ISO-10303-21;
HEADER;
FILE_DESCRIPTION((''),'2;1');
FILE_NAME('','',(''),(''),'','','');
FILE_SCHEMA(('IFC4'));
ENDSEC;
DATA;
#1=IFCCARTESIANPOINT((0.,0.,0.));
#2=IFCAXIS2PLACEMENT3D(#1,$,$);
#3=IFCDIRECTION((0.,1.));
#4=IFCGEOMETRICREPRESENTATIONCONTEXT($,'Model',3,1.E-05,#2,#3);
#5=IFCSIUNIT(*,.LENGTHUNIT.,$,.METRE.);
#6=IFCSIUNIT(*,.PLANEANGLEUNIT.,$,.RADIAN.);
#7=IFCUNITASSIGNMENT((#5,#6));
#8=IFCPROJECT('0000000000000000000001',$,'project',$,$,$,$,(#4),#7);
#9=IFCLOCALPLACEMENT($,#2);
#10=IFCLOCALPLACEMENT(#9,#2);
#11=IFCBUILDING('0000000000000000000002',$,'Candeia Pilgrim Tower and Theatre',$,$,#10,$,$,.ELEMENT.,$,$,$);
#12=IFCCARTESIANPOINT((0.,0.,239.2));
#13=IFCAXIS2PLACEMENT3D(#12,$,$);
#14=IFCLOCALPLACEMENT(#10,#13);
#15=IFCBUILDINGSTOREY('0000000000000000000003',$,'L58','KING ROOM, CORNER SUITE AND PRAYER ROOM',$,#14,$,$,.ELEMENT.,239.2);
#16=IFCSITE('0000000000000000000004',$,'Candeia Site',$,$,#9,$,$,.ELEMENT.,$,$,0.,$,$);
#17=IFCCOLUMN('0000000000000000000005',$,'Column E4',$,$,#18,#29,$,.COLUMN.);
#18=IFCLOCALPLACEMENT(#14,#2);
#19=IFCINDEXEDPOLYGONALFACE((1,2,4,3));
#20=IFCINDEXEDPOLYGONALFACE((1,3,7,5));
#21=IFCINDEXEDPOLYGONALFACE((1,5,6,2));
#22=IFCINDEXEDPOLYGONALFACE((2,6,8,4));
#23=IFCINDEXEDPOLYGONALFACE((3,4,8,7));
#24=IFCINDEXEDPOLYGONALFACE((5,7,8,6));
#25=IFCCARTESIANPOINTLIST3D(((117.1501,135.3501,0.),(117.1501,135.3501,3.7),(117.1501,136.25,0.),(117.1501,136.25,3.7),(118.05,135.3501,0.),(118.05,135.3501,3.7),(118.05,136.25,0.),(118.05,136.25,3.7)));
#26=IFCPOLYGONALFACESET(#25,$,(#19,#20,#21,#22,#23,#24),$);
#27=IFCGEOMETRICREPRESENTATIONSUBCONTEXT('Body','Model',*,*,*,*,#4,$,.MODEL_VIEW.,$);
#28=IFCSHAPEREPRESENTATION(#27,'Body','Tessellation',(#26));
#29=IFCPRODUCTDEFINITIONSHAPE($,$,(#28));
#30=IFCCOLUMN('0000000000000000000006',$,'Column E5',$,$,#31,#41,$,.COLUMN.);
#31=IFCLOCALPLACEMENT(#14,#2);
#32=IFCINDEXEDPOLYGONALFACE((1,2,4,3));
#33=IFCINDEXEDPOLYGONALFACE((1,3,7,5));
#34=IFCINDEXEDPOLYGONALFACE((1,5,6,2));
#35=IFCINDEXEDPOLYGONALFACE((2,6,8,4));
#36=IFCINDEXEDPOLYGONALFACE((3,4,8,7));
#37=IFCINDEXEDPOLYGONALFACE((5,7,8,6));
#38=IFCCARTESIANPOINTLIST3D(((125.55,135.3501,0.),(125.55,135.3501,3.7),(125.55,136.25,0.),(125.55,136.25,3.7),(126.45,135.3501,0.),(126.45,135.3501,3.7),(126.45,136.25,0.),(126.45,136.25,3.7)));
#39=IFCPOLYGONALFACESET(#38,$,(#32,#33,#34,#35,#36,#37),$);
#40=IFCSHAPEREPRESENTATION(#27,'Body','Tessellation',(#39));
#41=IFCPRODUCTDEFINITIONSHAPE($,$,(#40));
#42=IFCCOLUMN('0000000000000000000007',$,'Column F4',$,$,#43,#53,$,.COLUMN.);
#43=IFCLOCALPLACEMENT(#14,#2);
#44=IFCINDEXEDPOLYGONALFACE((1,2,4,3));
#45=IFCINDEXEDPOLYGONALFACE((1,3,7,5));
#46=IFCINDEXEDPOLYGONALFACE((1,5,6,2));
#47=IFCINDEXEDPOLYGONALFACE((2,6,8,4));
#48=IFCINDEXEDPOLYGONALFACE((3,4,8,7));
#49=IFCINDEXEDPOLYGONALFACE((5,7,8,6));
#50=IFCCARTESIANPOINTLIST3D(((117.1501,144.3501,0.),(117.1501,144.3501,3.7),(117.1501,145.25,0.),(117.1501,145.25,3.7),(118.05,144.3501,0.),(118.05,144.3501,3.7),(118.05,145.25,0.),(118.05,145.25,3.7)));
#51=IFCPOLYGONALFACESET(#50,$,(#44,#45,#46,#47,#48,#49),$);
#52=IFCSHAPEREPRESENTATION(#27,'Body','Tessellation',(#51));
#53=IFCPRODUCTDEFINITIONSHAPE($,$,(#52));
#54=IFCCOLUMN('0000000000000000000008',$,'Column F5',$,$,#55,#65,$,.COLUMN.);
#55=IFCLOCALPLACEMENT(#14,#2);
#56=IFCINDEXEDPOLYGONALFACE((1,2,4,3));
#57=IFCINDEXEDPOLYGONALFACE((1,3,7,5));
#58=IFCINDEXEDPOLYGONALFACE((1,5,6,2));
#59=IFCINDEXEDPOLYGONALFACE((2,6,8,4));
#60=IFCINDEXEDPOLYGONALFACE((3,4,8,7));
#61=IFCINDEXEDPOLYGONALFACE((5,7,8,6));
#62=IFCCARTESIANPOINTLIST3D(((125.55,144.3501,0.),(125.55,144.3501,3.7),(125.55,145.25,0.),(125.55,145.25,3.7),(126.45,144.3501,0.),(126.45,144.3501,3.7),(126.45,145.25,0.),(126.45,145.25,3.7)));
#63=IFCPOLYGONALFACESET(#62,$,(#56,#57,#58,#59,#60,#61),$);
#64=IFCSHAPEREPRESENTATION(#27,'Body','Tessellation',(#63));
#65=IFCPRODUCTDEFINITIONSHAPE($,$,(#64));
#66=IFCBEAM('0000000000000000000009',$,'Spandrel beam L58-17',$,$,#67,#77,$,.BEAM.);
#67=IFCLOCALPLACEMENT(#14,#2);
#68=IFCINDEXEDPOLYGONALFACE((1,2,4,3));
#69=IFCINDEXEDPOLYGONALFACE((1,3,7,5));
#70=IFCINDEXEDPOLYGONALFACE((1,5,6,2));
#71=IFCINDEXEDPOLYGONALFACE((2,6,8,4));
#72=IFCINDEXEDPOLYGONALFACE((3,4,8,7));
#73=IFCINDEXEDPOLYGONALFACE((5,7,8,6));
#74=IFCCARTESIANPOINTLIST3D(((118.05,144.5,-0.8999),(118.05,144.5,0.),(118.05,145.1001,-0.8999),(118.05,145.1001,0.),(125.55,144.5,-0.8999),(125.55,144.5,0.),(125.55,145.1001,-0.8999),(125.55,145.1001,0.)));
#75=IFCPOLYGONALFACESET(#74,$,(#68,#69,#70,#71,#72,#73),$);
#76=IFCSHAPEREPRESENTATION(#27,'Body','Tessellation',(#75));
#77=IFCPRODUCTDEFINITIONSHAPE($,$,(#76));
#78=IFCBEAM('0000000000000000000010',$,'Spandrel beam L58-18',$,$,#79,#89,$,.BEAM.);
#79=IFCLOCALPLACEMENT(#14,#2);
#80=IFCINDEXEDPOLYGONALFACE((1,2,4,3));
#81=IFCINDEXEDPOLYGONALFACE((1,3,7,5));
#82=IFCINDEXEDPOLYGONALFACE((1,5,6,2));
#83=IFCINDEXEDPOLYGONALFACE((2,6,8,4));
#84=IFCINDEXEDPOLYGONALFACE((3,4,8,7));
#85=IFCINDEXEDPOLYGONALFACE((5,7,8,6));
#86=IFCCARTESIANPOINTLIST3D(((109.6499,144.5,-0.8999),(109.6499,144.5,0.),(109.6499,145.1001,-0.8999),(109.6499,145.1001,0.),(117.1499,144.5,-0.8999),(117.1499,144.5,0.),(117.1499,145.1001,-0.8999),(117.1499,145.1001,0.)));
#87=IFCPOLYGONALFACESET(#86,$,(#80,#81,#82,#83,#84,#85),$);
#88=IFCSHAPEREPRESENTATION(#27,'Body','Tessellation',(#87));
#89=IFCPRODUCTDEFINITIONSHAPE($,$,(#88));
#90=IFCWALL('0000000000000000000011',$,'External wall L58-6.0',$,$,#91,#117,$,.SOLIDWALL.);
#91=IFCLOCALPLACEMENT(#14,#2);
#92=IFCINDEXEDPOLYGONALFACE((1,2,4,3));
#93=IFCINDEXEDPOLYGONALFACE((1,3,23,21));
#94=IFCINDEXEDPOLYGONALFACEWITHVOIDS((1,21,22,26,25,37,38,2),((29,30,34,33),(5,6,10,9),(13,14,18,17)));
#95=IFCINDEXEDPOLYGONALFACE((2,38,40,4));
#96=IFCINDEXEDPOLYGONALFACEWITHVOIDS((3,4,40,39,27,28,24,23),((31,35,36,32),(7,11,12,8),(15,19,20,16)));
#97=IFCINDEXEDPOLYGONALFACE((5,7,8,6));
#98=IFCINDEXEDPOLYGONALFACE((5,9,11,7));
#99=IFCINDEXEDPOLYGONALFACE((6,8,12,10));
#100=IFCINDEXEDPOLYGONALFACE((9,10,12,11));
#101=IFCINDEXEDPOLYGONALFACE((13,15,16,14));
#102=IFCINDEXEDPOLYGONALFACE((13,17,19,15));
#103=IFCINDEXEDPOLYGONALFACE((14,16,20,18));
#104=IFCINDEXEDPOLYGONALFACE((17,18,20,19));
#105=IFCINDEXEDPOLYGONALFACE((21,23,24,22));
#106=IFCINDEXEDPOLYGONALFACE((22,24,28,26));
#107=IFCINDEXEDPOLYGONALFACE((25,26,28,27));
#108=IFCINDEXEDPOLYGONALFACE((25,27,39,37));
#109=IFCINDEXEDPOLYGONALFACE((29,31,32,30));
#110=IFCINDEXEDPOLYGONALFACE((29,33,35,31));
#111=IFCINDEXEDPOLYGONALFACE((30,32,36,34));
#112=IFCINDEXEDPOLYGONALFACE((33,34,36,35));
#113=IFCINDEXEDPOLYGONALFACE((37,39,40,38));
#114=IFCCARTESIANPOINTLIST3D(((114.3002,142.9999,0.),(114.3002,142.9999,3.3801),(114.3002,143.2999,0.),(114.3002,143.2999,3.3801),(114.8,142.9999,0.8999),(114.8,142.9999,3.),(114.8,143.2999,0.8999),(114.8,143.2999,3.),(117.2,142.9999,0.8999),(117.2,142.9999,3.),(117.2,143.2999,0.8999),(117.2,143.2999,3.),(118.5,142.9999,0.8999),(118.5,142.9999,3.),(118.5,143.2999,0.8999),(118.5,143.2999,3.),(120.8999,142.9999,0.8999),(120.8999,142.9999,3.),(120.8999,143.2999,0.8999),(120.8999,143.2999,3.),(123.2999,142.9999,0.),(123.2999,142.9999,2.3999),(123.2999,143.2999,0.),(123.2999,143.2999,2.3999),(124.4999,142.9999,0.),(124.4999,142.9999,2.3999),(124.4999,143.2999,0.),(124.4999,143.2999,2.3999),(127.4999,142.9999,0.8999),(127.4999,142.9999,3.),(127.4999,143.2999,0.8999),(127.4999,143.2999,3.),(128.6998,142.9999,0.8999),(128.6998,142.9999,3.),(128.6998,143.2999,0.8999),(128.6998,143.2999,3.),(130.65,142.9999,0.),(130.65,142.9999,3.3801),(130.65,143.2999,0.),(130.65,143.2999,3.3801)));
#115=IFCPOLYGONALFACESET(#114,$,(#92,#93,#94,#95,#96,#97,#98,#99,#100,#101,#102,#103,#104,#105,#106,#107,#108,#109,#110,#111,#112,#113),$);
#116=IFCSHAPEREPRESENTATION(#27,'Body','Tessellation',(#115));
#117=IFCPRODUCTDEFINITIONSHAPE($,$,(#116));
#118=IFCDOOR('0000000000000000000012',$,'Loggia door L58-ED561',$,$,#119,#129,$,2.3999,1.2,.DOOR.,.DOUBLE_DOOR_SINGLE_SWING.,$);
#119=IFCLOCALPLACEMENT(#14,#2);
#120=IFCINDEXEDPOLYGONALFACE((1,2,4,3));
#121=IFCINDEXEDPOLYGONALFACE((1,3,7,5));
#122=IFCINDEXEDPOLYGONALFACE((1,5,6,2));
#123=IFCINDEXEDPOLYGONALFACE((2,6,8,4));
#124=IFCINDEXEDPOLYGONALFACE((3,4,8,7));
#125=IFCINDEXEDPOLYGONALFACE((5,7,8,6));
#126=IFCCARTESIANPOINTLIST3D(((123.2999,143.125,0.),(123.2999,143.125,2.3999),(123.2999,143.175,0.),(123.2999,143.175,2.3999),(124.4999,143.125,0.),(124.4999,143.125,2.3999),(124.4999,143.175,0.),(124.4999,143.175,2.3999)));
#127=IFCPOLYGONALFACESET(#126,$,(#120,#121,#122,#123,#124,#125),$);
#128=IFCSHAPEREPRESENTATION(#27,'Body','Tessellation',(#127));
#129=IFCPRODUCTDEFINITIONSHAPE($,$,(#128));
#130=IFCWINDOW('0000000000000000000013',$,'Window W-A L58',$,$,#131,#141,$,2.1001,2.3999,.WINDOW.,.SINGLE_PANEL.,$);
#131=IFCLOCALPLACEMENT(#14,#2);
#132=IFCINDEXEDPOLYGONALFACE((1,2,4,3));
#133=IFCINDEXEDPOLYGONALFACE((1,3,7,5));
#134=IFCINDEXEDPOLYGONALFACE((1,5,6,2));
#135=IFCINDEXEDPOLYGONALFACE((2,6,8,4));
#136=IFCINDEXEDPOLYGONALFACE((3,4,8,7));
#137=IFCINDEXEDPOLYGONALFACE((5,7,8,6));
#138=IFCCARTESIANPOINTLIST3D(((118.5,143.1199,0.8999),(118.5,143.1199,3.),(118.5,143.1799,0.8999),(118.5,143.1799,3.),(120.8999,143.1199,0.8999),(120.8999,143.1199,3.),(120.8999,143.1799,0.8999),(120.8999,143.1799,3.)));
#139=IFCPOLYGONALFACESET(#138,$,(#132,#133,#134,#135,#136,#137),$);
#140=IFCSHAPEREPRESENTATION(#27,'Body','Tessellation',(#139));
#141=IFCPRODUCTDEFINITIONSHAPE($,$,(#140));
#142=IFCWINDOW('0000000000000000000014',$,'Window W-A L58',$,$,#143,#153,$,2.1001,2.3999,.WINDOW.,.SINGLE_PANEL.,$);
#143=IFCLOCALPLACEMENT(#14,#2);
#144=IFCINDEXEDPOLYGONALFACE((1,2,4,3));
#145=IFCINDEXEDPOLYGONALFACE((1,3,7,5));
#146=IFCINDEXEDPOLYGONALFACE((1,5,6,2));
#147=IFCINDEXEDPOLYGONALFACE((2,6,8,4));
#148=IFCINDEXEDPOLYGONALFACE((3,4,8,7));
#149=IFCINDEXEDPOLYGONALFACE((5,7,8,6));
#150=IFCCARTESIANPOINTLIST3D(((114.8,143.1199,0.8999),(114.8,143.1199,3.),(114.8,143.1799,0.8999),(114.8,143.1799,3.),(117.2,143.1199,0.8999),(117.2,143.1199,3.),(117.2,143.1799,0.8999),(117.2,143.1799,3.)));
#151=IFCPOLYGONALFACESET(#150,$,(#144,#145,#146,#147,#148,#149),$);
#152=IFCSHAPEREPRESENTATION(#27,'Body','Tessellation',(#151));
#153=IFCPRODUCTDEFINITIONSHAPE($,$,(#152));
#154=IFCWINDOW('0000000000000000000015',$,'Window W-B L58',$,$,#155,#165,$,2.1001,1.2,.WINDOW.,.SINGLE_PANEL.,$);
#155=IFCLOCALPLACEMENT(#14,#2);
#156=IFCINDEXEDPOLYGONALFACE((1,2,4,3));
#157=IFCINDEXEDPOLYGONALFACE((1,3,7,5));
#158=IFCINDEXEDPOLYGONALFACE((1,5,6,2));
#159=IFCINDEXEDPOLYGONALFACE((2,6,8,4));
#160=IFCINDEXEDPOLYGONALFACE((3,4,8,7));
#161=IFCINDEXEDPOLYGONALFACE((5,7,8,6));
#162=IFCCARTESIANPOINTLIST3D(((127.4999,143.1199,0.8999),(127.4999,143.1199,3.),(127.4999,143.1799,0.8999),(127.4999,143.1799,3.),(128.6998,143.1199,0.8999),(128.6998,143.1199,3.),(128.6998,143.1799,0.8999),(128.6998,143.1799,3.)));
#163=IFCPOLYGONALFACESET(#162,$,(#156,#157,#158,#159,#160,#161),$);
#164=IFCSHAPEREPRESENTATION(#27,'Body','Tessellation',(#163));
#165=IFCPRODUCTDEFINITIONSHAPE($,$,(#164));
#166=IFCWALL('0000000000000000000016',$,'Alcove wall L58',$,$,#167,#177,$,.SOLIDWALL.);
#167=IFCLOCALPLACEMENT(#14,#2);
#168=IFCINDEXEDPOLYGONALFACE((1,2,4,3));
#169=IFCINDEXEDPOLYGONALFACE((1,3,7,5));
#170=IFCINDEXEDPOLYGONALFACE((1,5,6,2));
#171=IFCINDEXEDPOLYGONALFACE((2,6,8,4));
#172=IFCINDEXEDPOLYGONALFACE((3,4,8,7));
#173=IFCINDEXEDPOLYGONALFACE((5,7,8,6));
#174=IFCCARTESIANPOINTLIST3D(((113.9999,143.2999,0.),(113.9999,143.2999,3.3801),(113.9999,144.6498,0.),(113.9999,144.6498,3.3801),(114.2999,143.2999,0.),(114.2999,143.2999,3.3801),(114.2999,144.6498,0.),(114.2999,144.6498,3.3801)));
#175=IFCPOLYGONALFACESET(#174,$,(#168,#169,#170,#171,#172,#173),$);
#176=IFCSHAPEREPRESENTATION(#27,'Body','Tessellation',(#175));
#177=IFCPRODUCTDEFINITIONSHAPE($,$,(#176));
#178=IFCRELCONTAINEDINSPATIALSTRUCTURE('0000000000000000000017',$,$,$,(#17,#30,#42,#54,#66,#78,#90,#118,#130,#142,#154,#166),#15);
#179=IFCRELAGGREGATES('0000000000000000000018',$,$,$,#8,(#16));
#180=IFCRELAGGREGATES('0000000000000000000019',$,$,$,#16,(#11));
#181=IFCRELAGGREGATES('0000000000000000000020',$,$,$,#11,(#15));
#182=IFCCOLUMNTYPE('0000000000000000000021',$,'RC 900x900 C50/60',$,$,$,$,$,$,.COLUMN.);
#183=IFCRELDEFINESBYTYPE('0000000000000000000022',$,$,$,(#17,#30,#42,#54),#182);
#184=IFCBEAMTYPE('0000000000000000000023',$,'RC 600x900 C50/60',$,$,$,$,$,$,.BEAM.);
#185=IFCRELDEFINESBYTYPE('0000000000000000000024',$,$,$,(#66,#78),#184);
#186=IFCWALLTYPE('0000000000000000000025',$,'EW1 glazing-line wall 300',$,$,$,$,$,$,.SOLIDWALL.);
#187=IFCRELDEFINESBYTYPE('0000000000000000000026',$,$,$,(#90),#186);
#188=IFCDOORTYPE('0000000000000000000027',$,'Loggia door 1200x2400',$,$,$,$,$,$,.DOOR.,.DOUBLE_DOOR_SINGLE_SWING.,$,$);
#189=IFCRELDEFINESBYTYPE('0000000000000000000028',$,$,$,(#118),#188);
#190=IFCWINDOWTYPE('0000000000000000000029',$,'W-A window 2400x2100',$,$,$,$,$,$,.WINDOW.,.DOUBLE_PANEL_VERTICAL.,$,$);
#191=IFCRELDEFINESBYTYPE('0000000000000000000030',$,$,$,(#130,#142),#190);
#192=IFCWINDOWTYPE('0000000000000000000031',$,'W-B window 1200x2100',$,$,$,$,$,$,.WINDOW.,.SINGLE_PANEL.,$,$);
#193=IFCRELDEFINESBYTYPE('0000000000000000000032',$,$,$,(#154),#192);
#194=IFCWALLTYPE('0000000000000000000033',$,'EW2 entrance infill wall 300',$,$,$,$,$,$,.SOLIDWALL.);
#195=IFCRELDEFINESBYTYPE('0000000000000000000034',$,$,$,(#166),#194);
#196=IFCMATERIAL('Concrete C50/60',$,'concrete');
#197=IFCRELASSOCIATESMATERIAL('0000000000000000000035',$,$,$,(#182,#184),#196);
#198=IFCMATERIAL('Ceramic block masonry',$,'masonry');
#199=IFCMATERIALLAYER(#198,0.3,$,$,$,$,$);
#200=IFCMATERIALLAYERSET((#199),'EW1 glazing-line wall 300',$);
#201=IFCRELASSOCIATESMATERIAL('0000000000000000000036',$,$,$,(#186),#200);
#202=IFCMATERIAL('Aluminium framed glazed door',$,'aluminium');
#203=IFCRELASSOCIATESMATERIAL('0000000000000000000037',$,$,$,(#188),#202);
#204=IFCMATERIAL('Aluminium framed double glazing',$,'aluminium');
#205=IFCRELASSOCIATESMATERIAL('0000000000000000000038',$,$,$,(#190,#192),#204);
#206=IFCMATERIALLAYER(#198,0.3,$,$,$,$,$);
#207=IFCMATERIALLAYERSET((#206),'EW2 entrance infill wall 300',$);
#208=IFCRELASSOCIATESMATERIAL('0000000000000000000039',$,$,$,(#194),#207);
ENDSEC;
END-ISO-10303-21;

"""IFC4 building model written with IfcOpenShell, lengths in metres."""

from ifc_helpers import new_model, si_unit, direction, frame, frame_2d, origin, origin_2d, place, context, subcontext, project, spatial, rectangle, extrude, material, layer, layer_set, material_profile, profile_set, type_object, element, fill, save


model = new_model("IFC4")

# Units and contexts
model_context = context("Model", 3, precision=1e-05, world=origin(), true_north=direction((0.0, 1.0)))
body_context = subcontext(model_context, "Body", "Model", "MODEL_VIEW")
ifc_project = project(units=[si_unit("LENGTHUNIT", "METRE"), si_unit("PLANEANGLEUNIT", "RADIAN")], contexts=[model_context])

# Site, building, storey
site_placement = place(None, origin())
site = spatial("IfcSite", under=ifc_project, at=site_placement, Name="Candeia Site", CompositionType="ELEMENT", RefElevation=0.0)
building_placement = place(site_placement, origin())
building = spatial("IfcBuilding", under=site, at=building_placement, Name="Candeia Pilgrim Tower and Theatre", CompositionType="ELEMENT")
storey_placement = place(building_placement, frame((0.0, 0.0, 239.2)))
storey = spatial("IfcBuildingStorey", under=building, at=storey_placement, Name="L58", Description="KING ROOM, CORNER SUITE AND PRAYER ROOM", CompositionType="ELEMENT", Elevation=239.2)

# Columns
ifc_material_1 = material(Name="Concrete C50/60", Category="concrete")
ifc_material_profile_1 = material_profile(ifc_material_1, rectangle(XDim=0.8999, YDim=0.8999, at=origin_2d()))
ifc_profile_set_1 = profile_set([ifc_material_profile_1], Name="Concrete C50/60")
column_type = type_object("IfcColumnType", Name="RC 900x900 C50/60", PredefinedType="COLUMN", material=ifc_profile_set_1)
for number, where, z_axis, x_axis, name in (
    (1, (117.6001, 135.8, 0.0), (0.0, 0.0, 1.0), (1.0, 0.0, 0.0), "Column E4"),
    (2, (126.0, 135.8, 0.0), (0.0, 0.0, 1.0), (1.0, 0.0, 0.0), "Column E5"),
    (3, (117.6001, 144.8, 0.0), (0.0, 0.0, 1.0), (1.0, 0.0, 0.0), "Column F4"),
    (4, (126.0, 144.8, 0.0), (0.0, 0.0, 1.0), (1.0, 0.0, 0.0), "Column F5"),
):
    element("IfcColumn", number, at=place(storey_placement, frame(where, z_axis=z_axis, x_axis=x_axis)), inside=storey, type_object=column_type, Name=name, PredefinedType="COLUMN", context=body_context, shape_type="SweptSolid", body=[
        extrude(rectangle(XDim=0.8999, YDim=0.8999, at=origin_2d()), origin(), (0.0, 0.0, 1.0), 3.7),
    ])

# Beams
ifc_material_profile_2 = material_profile(ifc_material_1, rectangle(XDim=0.6001, YDim=0.8999, at=origin_2d()))
ifc_profile_set_2 = profile_set([ifc_material_profile_2], Name="Concrete C50/60")
beam_type = type_object("IfcBeamType", Name="RC 600x900 C50/60", PredefinedType="BEAM", material=ifc_profile_set_2)
for number, where, z_axis, x_axis, name in (
    (5, (125.55, 144.8, -0.45), (-1.0, 0.0, 0.0), (0.0, -1.0, 0.0), "Spandrel beam L58-17"),
    (6, (117.1499, 144.8, -0.45), (-1.0, 0.0, 0.0), (0.0, -1.0, 0.0), "Spandrel beam L58-18"),
):
    element("IfcBeam", number, at=place(storey_placement, frame(where, z_axis=z_axis, x_axis=x_axis)), inside=storey, type_object=beam_type, Name=name, PredefinedType="BEAM", context=body_context, shape_type="SweptSolid", body=[
        extrude(rectangle(XDim=0.6001, YDim=0.8999, at=origin_2d()), origin(), (0.0, 0.0, 1.0), 7.5),
    ])

# Shared definitions
ifc_material_2 = material(Name="Ceramic block masonry", Category="masonry")
ifc_layer_1 = layer(ifc_material_2, 0.3)
ifc_layer_set_1 = layer_set([ifc_layer_1], Name="EW1 glazing-line wall 300")
wall_type_1 = type_object("IfcWallType", Name="EW1 glazing-line wall 300", PredefinedType="SOLIDWALL", material=ifc_layer_set_1)
ifc_material_3 = material(Name="Aluminium framed glazed door", Category="aluminium")
door_type_1 = type_object("IfcDoorType", Name="Loggia door 1200x2400", OperationType="DOUBLE_DOOR_SINGLE_SWING", PredefinedType="DOOR", material=ifc_material_3)

# Wall, openings, door, windows
wall_1_placement = place(storey_placement, frame((130.6499, 143.1499, 0.0), z_axis=(0.0, 0.0, 1.0), x_axis=(-1.0, 0.0, 0.0)))
wall_1 = element("IfcWall", 7, at=wall_1_placement, inside=storey, type_object=wall_type_1, Name="External wall L58-6.0", PredefinedType="SOLIDWALL", context=body_context, shape_type="SweptSolid", body=[
    extrude(rectangle(XDim=16.3499, YDim=0.3, at=frame_2d((8.1748, 0.0))), origin(), (0.0, 0.0, 1.0), 3.3801),
])
opening_1_placement = place(wall_1_placement, frame((1.95, 0.0, 0.8999)))
opening_1 = element("IfcOpeningElement", 8, at=opening_1_placement, cuts=wall_1, PredefinedType="OPENING", context=body_context, shape_type="SweptSolid", body=[
    extrude(rectangle(XDim=1.2, YDim=2.1001, at=frame_2d((0.6001, 1.05))), frame((0.0, 0.1602, 0.0), z_axis=(0.0, -1.0, 0.0), x_axis=(1.0, 0.0, 0.0)), (0.0, 0.0, 1.0), 0.3201),
])
opening_2_placement = place(wall_1_placement, frame((6.1499, 0.0, 0.0)))
opening_2 = element("IfcOpeningElement", 9, at=opening_2_placement, cuts=wall_1, PredefinedType="OPENING", context=body_context, shape_type="SweptSolid", body=[
    extrude(rectangle(XDim=1.2, YDim=2.3999, at=frame_2d((0.6001, 1.2))), frame((0.0, 0.1602, 0.0), z_axis=(0.0, -1.0, 0.0), x_axis=(1.0, 0.0, 0.0)), (0.0, 0.0, 1.0), 0.3201),
])
opening_3_placement = place(wall_1_placement, frame((9.75, 0.0, 0.8999)))
opening_3 = element("IfcOpeningElement", 10, at=opening_3_placement, cuts=wall_1, PredefinedType="OPENING", context=body_context, shape_type="SweptSolid", body=[
    extrude(rectangle(XDim=2.3999, YDim=2.1001, at=frame_2d((1.2, 1.05))), frame((0.0, 0.1602, 0.0), z_axis=(0.0, -1.0, 0.0), x_axis=(1.0, 0.0, 0.0)), (0.0, 0.0, 1.0), 0.3201),
])
opening_4_placement = place(wall_1_placement, frame((13.45, 0.0, 0.8999)))
opening_4 = element("IfcOpeningElement", 11, at=opening_4_placement, cuts=wall_1, PredefinedType="OPENING", context=body_context, shape_type="SweptSolid", body=[
    extrude(rectangle(XDim=2.3999, YDim=2.1001, at=frame_2d((1.2, 1.05))), frame((0.0, 0.1602, 0.0), z_axis=(0.0, -1.0, 0.0), x_axis=(1.0, 0.0, 0.0)), (0.0, 0.0, 1.0), 0.3201),
])
door_1_placement = place(opening_2_placement, origin())
door_1 = element("IfcDoor", 12, at=door_1_placement, inside=storey, type_object=door_type_1, Name="Loggia door L58-ED561", OperationType="DOUBLE_DOOR_SINGLE_SWING", OverallHeight=2.3999, OverallWidth=1.2, PredefinedType="DOOR", context=body_context, shape_type="SweptSolid", body=[
    extrude(rectangle(XDim=1.2, YDim=2.3999, at=frame_2d((0.6001, 1.2))), frame((0.0, 0.0249, 0.0), z_axis=(0.0, -1.0, 0.0), x_axis=(1.0, 0.0, 0.0)), (0.0, 0.0, 1.0), 0.05),
])
fill(opening_2, door_1)
ifc_material_4 = material(Name="Aluminium framed double glazing", Category="aluminium")
window_type_1 = type_object("IfcWindowType", Name="W-A window 2400x2100", PartitioningType="DOUBLE_PANEL_VERTICAL", PredefinedType="WINDOW", material=ifc_material_4)
window_1_placement = place(opening_3_placement, origin())
window_1 = element("IfcWindow", 13, at=window_1_placement, inside=storey, type_object=window_type_1, Name="Window W-A L58", OverallHeight=2.1001, OverallWidth=2.3999, PartitioningType="SINGLE_PANEL", PredefinedType="WINDOW", context=body_context, shape_type="SweptSolid", body=[
    extrude(rectangle(XDim=2.3999, YDim=2.1001, at=frame_2d((1.2, 1.05))), frame((0.0, 0.03, 0.0), z_axis=(0.0, -1.0, 0.0), x_axis=(1.0, 0.0, 0.0)), (0.0, 0.0, 1.0), 0.0601),
])
fill(opening_3, window_1)
window_2_placement = place(opening_4_placement, origin())
window_2 = element("IfcWindow", 14, at=window_2_placement, inside=storey, type_object=window_type_1, Name="Window W-A L58", OverallHeight=2.1001, OverallWidth=2.3999, PartitioningType="SINGLE_PANEL", PredefinedType="WINDOW", context=body_context, shape_type="SweptSolid", body=[
    extrude(rectangle(XDim=2.3999, YDim=2.1001, at=frame_2d((1.2, 1.05))), frame((0.0, 0.03, 0.0), z_axis=(0.0, -1.0, 0.0), x_axis=(1.0, 0.0, 0.0)), (0.0, 0.0, 1.0), 0.0601),
])
fill(opening_4, window_2)
window_type_2 = type_object("IfcWindowType", Name="W-B window 1200x2100", PartitioningType="SINGLE_PANEL", PredefinedType="WINDOW", material=ifc_material_4)
window_3_placement = place(opening_1_placement, origin())
window_3 = element("IfcWindow", 15, at=window_3_placement, inside=storey, type_object=window_type_2, Name="Window W-B L58", OverallHeight=2.1001, OverallWidth=1.2, PartitioningType="SINGLE_PANEL", PredefinedType="WINDOW", context=body_context, shape_type="SweptSolid", body=[
    extrude(rectangle(XDim=1.2, YDim=2.1001, at=frame_2d((0.6001, 1.05))), frame((0.0, 0.03, 0.0), z_axis=(0.0, -1.0, 0.0), x_axis=(1.0, 0.0, 0.0)), (0.0, 0.0, 1.0), 0.0601),
])
fill(opening_1, window_3)

# Wall
ifc_layer_2 = layer(ifc_material_2, 0.3)
ifc_layer_set_2 = layer_set([ifc_layer_2], Name="EW2 entrance infill wall 300")
wall_type_2 = type_object("IfcWallType", Name="EW2 entrance infill wall 300", PredefinedType="SOLIDWALL", material=ifc_layer_set_2)
wall_2_placement = place(storey_placement, frame((114.1499, 143.3, 0.0), z_axis=(0.0, 0.0, 1.0), x_axis=(0.0, 1.0, 0.0)))
element("IfcWall", 16, at=wall_2_placement, inside=storey, type_object=wall_type_2, Name="Alcove wall L58", PredefinedType="SOLIDWALL", context=body_context, shape_type="SweptSolid", body=[
    extrude(rectangle(XDim=1.3499, YDim=0.3, at=frame_2d((0.6748, 0.0))), origin(), (0.0, 0.0, 1.0), 3.3801),
])

save(model, "model.ifc")
